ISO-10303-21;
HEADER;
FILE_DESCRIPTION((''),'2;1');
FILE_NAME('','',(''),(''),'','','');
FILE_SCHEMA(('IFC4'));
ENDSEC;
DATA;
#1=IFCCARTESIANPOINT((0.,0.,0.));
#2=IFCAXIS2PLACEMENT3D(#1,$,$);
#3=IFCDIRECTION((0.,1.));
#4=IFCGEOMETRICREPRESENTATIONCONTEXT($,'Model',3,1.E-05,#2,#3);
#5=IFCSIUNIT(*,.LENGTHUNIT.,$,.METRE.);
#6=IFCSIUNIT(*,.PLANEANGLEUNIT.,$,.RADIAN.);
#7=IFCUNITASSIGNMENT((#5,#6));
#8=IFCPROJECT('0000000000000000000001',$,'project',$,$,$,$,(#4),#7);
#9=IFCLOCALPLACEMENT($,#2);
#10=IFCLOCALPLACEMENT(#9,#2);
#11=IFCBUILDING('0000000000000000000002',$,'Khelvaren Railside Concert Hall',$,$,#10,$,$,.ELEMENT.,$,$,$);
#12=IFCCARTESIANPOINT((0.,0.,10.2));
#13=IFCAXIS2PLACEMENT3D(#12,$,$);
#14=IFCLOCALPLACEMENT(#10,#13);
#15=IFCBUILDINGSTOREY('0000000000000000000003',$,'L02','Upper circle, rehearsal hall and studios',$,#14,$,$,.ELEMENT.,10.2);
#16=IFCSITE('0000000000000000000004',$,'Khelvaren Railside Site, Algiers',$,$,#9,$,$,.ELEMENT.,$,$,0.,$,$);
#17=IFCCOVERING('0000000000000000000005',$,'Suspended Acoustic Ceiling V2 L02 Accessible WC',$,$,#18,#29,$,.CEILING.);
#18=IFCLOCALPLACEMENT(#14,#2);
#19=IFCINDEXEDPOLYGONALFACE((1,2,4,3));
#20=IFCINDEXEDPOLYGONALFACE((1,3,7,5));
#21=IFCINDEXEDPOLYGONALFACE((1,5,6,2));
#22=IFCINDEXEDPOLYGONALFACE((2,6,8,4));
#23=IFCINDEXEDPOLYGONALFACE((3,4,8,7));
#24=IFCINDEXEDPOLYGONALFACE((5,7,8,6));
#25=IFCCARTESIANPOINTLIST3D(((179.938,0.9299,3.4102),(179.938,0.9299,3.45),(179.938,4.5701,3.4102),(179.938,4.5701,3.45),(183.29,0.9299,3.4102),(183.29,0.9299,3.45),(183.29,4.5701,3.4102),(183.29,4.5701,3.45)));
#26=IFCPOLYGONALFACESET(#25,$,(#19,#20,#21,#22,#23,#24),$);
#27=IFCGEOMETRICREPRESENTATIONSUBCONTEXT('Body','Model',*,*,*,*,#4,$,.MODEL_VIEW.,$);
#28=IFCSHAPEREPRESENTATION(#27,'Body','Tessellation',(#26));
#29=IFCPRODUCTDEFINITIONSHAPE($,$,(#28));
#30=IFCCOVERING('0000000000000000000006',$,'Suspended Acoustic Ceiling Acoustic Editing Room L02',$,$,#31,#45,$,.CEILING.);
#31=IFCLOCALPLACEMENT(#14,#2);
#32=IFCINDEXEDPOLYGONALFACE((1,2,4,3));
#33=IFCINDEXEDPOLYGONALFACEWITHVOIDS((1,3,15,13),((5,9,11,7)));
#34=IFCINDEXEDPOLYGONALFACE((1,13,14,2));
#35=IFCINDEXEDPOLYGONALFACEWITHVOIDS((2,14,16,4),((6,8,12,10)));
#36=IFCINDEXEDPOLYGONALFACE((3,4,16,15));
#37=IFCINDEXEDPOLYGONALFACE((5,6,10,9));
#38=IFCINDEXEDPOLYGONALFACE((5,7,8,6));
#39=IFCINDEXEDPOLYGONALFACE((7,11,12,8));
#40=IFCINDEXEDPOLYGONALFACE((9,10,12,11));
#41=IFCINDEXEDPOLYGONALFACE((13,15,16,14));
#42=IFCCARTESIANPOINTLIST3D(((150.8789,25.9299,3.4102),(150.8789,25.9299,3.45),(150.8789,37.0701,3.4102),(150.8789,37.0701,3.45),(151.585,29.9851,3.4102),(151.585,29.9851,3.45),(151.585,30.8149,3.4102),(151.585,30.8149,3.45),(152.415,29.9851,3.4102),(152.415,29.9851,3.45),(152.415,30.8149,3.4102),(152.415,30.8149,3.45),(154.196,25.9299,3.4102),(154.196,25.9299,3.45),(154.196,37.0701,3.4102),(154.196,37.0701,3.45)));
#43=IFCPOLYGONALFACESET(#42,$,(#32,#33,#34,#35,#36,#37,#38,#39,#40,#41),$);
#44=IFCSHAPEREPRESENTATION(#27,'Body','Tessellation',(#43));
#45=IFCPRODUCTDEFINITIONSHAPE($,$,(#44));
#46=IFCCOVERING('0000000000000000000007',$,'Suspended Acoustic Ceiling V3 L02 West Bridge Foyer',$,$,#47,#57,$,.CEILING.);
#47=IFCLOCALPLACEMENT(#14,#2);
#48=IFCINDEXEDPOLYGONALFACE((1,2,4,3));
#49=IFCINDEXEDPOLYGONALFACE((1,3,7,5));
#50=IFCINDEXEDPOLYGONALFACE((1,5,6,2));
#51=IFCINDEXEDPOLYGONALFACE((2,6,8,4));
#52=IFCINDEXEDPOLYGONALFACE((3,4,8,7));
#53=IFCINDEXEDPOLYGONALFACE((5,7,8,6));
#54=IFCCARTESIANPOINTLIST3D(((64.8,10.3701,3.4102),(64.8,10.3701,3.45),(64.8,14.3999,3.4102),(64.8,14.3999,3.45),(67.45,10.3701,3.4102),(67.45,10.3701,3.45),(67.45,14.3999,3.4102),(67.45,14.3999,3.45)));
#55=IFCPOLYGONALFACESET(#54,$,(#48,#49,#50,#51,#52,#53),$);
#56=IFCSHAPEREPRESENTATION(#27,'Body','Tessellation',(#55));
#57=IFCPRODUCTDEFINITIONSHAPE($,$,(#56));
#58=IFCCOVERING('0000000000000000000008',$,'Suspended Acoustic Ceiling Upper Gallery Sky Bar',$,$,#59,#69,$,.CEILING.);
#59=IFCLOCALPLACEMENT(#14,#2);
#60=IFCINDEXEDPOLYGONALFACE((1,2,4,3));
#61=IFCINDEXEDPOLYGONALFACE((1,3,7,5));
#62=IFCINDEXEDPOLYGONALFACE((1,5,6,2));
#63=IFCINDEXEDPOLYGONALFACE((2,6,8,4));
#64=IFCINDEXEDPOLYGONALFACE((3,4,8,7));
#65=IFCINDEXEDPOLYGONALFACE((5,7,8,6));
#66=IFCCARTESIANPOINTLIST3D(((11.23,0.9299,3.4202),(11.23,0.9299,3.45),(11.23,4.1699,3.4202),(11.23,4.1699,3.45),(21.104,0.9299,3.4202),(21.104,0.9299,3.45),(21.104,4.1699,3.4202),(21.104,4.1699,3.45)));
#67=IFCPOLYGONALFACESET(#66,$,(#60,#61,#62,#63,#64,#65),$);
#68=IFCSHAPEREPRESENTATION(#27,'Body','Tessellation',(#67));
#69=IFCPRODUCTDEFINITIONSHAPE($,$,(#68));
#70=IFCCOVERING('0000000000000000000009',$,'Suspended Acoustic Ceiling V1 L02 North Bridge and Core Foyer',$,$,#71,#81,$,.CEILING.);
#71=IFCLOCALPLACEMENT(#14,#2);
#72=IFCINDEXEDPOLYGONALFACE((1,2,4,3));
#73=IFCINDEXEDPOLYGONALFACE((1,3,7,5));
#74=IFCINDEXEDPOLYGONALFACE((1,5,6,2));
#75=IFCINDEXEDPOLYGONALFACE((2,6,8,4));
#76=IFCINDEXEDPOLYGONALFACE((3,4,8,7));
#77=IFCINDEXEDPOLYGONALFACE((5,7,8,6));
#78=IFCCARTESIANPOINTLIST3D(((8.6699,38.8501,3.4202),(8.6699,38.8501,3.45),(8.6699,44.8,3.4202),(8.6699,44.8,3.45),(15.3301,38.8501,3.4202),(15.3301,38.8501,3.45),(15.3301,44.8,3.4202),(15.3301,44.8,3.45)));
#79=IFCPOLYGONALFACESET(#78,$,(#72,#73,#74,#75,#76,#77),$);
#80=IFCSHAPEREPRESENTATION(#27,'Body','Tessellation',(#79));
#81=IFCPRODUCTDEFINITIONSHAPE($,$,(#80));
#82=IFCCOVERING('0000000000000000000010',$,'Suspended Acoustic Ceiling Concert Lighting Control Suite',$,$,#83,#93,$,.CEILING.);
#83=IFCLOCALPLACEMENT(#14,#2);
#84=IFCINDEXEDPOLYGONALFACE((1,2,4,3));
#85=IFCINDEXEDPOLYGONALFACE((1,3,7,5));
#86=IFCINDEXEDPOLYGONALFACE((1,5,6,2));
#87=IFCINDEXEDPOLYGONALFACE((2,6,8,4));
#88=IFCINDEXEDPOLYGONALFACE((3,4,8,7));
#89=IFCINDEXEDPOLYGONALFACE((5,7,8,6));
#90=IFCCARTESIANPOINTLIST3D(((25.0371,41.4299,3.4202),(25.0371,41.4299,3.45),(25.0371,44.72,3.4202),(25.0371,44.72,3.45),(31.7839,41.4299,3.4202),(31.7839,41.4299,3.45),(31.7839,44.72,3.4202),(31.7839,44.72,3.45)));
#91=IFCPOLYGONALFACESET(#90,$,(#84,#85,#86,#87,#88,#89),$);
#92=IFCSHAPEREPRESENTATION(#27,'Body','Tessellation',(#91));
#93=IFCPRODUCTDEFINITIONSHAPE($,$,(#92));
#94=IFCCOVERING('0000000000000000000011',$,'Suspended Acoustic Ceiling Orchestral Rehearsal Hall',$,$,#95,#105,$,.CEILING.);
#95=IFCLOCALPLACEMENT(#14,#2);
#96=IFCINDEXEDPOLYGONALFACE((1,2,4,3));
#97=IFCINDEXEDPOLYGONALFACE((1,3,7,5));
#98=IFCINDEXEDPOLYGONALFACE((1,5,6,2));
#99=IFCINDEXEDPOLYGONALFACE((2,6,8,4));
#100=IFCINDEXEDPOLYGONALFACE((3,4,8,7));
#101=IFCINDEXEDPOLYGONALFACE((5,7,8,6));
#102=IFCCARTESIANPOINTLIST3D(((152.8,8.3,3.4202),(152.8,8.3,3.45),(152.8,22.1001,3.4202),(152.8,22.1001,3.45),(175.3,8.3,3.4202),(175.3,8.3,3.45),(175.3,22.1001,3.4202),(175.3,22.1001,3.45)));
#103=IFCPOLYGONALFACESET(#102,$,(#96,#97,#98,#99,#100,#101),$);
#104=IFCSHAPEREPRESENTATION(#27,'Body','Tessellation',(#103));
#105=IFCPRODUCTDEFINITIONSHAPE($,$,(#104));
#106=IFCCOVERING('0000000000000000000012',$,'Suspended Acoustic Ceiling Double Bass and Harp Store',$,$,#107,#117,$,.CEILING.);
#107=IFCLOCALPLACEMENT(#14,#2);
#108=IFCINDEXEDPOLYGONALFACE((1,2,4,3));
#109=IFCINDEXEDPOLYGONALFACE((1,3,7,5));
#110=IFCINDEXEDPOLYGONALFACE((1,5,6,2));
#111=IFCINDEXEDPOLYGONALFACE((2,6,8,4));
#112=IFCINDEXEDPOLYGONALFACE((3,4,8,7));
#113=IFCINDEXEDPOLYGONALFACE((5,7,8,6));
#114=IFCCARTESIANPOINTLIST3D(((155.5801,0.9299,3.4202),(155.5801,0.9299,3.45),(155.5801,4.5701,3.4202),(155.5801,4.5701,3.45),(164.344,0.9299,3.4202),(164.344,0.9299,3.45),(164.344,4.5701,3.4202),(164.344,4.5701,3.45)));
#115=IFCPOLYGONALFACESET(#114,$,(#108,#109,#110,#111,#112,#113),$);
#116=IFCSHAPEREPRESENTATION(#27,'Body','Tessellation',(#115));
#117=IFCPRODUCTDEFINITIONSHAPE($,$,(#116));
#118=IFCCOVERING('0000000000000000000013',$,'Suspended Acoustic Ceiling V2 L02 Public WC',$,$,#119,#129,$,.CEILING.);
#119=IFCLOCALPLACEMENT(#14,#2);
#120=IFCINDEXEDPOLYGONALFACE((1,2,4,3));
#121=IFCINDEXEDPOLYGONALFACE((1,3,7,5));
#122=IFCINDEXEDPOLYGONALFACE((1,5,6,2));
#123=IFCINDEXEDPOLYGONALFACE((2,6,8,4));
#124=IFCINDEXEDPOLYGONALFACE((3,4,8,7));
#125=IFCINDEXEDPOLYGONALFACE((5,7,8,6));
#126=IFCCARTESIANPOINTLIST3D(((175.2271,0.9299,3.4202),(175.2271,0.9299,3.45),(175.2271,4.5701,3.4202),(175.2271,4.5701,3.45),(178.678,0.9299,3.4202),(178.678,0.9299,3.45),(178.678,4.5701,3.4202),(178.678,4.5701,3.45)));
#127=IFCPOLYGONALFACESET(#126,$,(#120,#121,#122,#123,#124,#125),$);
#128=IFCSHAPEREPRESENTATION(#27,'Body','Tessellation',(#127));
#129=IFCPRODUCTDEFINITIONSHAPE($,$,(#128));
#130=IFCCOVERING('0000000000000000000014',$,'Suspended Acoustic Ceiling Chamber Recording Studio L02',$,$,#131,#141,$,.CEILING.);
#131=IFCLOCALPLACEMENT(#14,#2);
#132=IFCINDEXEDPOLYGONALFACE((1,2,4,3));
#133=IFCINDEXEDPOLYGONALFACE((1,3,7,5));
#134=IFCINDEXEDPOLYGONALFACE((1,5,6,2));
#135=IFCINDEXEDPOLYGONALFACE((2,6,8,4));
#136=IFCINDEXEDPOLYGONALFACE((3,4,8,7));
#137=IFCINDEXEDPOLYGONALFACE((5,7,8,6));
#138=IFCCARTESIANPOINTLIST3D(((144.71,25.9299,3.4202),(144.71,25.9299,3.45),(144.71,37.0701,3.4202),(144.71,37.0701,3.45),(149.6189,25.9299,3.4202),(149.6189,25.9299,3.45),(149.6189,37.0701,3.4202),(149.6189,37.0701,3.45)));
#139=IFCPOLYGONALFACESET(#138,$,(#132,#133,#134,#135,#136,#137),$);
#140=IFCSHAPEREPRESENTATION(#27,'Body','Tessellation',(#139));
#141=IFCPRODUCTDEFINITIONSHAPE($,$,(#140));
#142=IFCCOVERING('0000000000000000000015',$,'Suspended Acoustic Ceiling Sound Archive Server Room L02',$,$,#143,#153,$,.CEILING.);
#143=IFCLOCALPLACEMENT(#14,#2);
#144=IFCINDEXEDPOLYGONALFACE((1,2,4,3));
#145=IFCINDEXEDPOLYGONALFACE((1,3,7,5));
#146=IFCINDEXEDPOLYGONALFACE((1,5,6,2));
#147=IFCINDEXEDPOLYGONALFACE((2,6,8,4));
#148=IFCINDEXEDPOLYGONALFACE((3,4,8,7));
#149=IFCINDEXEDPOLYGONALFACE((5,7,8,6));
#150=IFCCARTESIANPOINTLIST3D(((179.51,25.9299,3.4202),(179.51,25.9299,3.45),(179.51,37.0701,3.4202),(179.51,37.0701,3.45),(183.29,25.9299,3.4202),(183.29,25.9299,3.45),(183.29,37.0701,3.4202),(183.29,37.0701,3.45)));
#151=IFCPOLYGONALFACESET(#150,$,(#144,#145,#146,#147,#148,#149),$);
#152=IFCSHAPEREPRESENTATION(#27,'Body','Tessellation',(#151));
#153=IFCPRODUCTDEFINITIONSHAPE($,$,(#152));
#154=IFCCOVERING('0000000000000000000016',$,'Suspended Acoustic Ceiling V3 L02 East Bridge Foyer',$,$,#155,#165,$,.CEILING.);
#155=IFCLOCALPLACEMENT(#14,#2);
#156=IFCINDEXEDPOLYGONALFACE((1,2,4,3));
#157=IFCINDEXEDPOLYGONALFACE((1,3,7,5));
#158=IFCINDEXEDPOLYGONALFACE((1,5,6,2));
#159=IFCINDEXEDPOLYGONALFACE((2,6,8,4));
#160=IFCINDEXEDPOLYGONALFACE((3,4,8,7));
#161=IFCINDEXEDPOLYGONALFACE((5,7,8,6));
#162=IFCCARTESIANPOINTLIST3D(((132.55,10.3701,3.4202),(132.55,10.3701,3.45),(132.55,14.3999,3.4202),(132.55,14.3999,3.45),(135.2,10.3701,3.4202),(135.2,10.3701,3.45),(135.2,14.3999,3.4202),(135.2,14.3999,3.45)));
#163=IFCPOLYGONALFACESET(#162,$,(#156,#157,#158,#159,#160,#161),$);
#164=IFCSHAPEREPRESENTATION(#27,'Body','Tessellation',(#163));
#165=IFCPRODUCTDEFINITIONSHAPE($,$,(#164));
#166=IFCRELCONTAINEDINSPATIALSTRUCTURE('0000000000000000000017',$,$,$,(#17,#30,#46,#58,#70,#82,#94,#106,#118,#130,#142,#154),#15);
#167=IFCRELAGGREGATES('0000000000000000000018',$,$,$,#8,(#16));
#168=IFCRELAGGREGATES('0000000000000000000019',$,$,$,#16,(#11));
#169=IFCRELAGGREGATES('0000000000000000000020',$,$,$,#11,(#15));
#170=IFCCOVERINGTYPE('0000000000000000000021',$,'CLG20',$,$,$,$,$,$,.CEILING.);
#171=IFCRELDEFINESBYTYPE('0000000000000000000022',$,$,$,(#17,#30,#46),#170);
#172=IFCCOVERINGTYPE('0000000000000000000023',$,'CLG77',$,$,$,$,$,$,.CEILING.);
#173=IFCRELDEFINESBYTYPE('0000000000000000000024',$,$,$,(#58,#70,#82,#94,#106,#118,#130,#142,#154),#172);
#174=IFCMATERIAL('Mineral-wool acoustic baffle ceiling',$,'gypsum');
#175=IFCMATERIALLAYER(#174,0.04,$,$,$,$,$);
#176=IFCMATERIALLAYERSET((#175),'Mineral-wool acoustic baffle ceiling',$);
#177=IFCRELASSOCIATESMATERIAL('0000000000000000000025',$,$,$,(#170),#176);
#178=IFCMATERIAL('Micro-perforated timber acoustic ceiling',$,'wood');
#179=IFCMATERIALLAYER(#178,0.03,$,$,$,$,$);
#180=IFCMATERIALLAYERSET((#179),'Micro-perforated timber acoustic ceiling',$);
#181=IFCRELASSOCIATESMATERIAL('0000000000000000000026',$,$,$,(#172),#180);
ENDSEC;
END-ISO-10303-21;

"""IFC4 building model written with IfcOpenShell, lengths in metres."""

from ifc_helpers import new_model, si_unit, direction, frame, origin, place, context, subcontext, project, spatial, polyline, outline, extrude, material, layer, layer_set, type_object, element, save


model = new_model("IFC4")

# Units and contexts
model_context = context("Model", 3, precision=1e-05, world=origin(), true_north=direction((0.0, 1.0)))
body_context = subcontext(model_context, "Body", "Model", "MODEL_VIEW")
ifc_project = project(units=[si_unit("LENGTHUNIT", "METRE"), si_unit("PLANEANGLEUNIT", "RADIAN")], contexts=[model_context])

# Site, building, storey
site_placement = place(None, origin())
site = spatial("IfcSite", under=ifc_project, at=site_placement, Name="Khelvaren Railside Site, Algiers", CompositionType="ELEMENT", RefElevation=0.0)
building_placement = place(site_placement, origin())
building = spatial("IfcBuilding", under=site, at=building_placement, Name="Khelvaren Railside Concert Hall", CompositionType="ELEMENT")
storey_placement = place(building_placement, frame((0.0, 0.0, 10.2)))
storey = spatial("IfcBuildingStorey", under=building, at=storey_placement, Name="L02", Description="Upper circle, rehearsal hall and studios", CompositionType="ELEMENT", Elevation=10.2)

# Coverings
ifc_material_1 = material(Name="Mineral-wool acoustic baffle ceiling", Category="gypsum")
ifc_layer_1 = layer(ifc_material_1, 0.04)
ifc_layer_set_1 = layer_set([ifc_layer_1], Name="Mineral-wool acoustic baffle ceiling")
covering_type_1 = type_object("IfcCoveringType", Name="CLG20", PredefinedType="CEILING", material=ifc_layer_set_1)
covering_1_placement = place(storey_placement, frame((0.0, 0.0, 3.4102)))
element("IfcCovering", 1, at=covering_1_placement, inside=storey, type_object=covering_type_1, Name="Suspended Acoustic Ceiling V2 L02 Accessible WC", PredefinedType="CEILING", context=body_context, shape_type="SweptSolid", body=[
    extrude(outline(polyline([(179.938, 0.9299), (183.29, 0.9299), (183.29, 4.5701), (179.938, 4.5701), (179.938, 0.9299)])), origin(), (0.0, 0.0, 1.0), 0.0398),
])
covering_2_placement = place(storey_placement, frame((0.0, 0.0, 3.4102)))
element("IfcCovering", 2, at=covering_2_placement, inside=storey, type_object=covering_type_1, Name="Suspended Acoustic Ceiling Acoustic Editing Room L02", PredefinedType="CEILING", context=body_context, shape_type="SweptSolid", body=[
    extrude(outline(polyline([(150.8789, 25.9299), (154.196, 25.9299), (154.196, 37.0701), (150.8789, 37.0701), (150.8789, 25.9299)]), holes=[polyline([(151.585, 29.9851), (152.415, 29.9851), (152.415, 30.8149), (151.585, 30.8149), (151.585, 29.9851)])]), origin(), (0.0, 0.0, 1.0), 0.0398),
])
covering_3_placement = place(storey_placement, frame((0.0, 0.0, 3.4102)))
element("IfcCovering", 3, at=covering_3_placement, inside=storey, type_object=covering_type_1, Name="Suspended Acoustic Ceiling V3 L02 West Bridge Foyer", PredefinedType="CEILING", context=body_context, shape_type="SweptSolid", body=[
    extrude(outline(polyline([(64.8, 10.3701), (67.45, 10.3701), (67.45, 14.3999), (64.8, 14.3999), (64.8, 10.3701)])), origin(), (0.0, 0.0, 1.0), 0.0398),
])
ifc_material_2 = material(Name="Micro-perforated timber acoustic ceiling", Category="wood")
ifc_layer_2 = layer(ifc_material_2, 0.03)
ifc_layer_set_2 = layer_set([ifc_layer_2], Name="Micro-perforated timber acoustic ceiling")
covering_type_2 = type_object("IfcCoveringType", Name="CLG77", PredefinedType="CEILING", material=ifc_layer_set_2)
covering_4_placement = place(storey_placement, frame((0.0, 0.0, 3.4202)))
element("IfcCovering", 4, at=covering_4_placement, inside=storey, type_object=covering_type_2, Name="Suspended Acoustic Ceiling Upper Gallery Sky Bar", PredefinedType="CEILING", context=body_context, shape_type="SweptSolid", body=[
    extrude(outline(polyline([(11.23, 0.9299), (21.104, 0.9299), (21.104, 4.1699), (11.23, 4.1699), (11.23, 0.9299)])), origin(), (0.0, 0.0, 1.0), 0.0298),
])
covering_5_placement = place(storey_placement, frame((0.0, 0.0, 3.4202)))
element("IfcCovering", 5, at=covering_5_placement, inside=storey, type_object=covering_type_2, Name="Suspended Acoustic Ceiling V1 L02 North Bridge and Core Foyer", PredefinedType="CEILING", context=body_context, shape_type="SweptSolid", body=[
    extrude(outline(polyline([(8.6699, 38.8501), (15.3301, 38.8501), (15.3301, 44.8), (8.6699, 44.8), (8.6699, 38.8501)])), origin(), (0.0, 0.0, 1.0), 0.0298),
])
covering_6_placement = place(storey_placement, frame((0.0, 0.0, 3.4202)))
element("IfcCovering", 6, at=covering_6_placement, inside=storey, type_object=covering_type_2, Name="Suspended Acoustic Ceiling Concert Lighting Control Suite", PredefinedType="CEILING", context=body_context, shape_type="SweptSolid", body=[
    extrude(outline(polyline([(25.0371, 41.4299), (31.7839, 41.4299), (31.7839, 44.72), (25.0371, 44.72), (25.0371, 41.4299)])), origin(), (0.0, 0.0, 1.0), 0.0298),
])
covering_7_placement = place(storey_placement, frame((0.0, 0.0, 3.4202)))
element("IfcCovering", 7, at=covering_7_placement, inside=storey, type_object=covering_type_2, Name="Suspended Acoustic Ceiling Orchestral Rehearsal Hall", PredefinedType="CEILING", context=body_context, shape_type="SweptSolid", body=[
    extrude(outline(polyline([(152.8, 8.3), (175.3, 8.3), (175.3, 22.1001), (152.8, 22.1001), (152.8, 8.3)])), origin(), (0.0, 0.0, 1.0), 0.0298),
])
covering_8_placement = place(storey_placement, frame((0.0, 0.0, 3.4202)))
element("IfcCovering", 8, at=covering_8_placement, inside=storey, type_object=covering_type_2, Name="Suspended Acoustic Ceiling Double Bass and Harp Store", PredefinedType="CEILING", context=body_context, shape_type="SweptSolid", body=[
    extrude(outline(polyline([(155.5801, 0.9299), (164.344, 0.9299), (164.344, 4.5701), (155.5801, 4.5701), (155.5801, 0.9299)])), origin(), (0.0, 0.0, 1.0), 0.0298),
])
covering_9_placement = place(storey_placement, frame((0.0, 0.0, 3.4202)))
element("IfcCovering", 9, at=covering_9_placement, inside=storey, type_object=covering_type_2, Name="Suspended Acoustic Ceiling V2 L02 Public WC", PredefinedType="CEILING", context=body_context, shape_type="SweptSolid", body=[
    extrude(outline(polyline([(175.2271, 0.9299), (178.678, 0.9299), (178.678, 4.5701), (175.2271, 4.5701), (175.2271, 0.9299)])), origin(), (0.0, 0.0, 1.0), 0.0298),
])
covering_10_placement = place(storey_placement, frame((0.0, 0.0, 3.4202)))
element("IfcCovering", 10, at=covering_10_placement, inside=storey, type_object=covering_type_2, Name="Suspended Acoustic Ceiling Chamber Recording Studio L02", PredefinedType="CEILING", context=body_context, shape_type="SweptSolid", body=[
    extrude(outline(polyline([(144.71, 25.9299), (149.6189, 25.9299), (149.6189, 37.0701), (144.71, 37.0701), (144.71, 25.9299)])), origin(), (0.0, 0.0, 1.0), 0.0298),
])
covering_11_placement = place(storey_placement, frame((0.0, 0.0, 3.4202)))
element("IfcCovering", 11, at=covering_11_placement, inside=storey, type_object=covering_type_2, Name="Suspended Acoustic Ceiling Sound Archive Server Room L02", PredefinedType="CEILING", context=body_context, shape_type="SweptSolid", body=[
    extrude(outline(polyline([(179.51, 25.9299), (183.29, 25.9299), (183.29, 37.0701), (179.51, 37.0701), (179.51, 25.9299)])), origin(), (0.0, 0.0, 1.0), 0.0298),
])
covering_12_placement = place(storey_placement, frame((0.0, 0.0, 3.4202)))
element("IfcCovering", 12, at=covering_12_placement, inside=storey, type_object=covering_type_2, Name="Suspended Acoustic Ceiling V3 L02 East Bridge Foyer", PredefinedType="CEILING", context=body_context, shape_type="SweptSolid", body=[
    extrude(outline(polyline([(132.55, 10.3701), (135.2, 10.3701), (135.2, 14.3999), (132.55, 14.3999), (132.55, 10.3701)])), origin(), (0.0, 0.0, 1.0), 0.0298),
])

save(model, "model.ifc")
